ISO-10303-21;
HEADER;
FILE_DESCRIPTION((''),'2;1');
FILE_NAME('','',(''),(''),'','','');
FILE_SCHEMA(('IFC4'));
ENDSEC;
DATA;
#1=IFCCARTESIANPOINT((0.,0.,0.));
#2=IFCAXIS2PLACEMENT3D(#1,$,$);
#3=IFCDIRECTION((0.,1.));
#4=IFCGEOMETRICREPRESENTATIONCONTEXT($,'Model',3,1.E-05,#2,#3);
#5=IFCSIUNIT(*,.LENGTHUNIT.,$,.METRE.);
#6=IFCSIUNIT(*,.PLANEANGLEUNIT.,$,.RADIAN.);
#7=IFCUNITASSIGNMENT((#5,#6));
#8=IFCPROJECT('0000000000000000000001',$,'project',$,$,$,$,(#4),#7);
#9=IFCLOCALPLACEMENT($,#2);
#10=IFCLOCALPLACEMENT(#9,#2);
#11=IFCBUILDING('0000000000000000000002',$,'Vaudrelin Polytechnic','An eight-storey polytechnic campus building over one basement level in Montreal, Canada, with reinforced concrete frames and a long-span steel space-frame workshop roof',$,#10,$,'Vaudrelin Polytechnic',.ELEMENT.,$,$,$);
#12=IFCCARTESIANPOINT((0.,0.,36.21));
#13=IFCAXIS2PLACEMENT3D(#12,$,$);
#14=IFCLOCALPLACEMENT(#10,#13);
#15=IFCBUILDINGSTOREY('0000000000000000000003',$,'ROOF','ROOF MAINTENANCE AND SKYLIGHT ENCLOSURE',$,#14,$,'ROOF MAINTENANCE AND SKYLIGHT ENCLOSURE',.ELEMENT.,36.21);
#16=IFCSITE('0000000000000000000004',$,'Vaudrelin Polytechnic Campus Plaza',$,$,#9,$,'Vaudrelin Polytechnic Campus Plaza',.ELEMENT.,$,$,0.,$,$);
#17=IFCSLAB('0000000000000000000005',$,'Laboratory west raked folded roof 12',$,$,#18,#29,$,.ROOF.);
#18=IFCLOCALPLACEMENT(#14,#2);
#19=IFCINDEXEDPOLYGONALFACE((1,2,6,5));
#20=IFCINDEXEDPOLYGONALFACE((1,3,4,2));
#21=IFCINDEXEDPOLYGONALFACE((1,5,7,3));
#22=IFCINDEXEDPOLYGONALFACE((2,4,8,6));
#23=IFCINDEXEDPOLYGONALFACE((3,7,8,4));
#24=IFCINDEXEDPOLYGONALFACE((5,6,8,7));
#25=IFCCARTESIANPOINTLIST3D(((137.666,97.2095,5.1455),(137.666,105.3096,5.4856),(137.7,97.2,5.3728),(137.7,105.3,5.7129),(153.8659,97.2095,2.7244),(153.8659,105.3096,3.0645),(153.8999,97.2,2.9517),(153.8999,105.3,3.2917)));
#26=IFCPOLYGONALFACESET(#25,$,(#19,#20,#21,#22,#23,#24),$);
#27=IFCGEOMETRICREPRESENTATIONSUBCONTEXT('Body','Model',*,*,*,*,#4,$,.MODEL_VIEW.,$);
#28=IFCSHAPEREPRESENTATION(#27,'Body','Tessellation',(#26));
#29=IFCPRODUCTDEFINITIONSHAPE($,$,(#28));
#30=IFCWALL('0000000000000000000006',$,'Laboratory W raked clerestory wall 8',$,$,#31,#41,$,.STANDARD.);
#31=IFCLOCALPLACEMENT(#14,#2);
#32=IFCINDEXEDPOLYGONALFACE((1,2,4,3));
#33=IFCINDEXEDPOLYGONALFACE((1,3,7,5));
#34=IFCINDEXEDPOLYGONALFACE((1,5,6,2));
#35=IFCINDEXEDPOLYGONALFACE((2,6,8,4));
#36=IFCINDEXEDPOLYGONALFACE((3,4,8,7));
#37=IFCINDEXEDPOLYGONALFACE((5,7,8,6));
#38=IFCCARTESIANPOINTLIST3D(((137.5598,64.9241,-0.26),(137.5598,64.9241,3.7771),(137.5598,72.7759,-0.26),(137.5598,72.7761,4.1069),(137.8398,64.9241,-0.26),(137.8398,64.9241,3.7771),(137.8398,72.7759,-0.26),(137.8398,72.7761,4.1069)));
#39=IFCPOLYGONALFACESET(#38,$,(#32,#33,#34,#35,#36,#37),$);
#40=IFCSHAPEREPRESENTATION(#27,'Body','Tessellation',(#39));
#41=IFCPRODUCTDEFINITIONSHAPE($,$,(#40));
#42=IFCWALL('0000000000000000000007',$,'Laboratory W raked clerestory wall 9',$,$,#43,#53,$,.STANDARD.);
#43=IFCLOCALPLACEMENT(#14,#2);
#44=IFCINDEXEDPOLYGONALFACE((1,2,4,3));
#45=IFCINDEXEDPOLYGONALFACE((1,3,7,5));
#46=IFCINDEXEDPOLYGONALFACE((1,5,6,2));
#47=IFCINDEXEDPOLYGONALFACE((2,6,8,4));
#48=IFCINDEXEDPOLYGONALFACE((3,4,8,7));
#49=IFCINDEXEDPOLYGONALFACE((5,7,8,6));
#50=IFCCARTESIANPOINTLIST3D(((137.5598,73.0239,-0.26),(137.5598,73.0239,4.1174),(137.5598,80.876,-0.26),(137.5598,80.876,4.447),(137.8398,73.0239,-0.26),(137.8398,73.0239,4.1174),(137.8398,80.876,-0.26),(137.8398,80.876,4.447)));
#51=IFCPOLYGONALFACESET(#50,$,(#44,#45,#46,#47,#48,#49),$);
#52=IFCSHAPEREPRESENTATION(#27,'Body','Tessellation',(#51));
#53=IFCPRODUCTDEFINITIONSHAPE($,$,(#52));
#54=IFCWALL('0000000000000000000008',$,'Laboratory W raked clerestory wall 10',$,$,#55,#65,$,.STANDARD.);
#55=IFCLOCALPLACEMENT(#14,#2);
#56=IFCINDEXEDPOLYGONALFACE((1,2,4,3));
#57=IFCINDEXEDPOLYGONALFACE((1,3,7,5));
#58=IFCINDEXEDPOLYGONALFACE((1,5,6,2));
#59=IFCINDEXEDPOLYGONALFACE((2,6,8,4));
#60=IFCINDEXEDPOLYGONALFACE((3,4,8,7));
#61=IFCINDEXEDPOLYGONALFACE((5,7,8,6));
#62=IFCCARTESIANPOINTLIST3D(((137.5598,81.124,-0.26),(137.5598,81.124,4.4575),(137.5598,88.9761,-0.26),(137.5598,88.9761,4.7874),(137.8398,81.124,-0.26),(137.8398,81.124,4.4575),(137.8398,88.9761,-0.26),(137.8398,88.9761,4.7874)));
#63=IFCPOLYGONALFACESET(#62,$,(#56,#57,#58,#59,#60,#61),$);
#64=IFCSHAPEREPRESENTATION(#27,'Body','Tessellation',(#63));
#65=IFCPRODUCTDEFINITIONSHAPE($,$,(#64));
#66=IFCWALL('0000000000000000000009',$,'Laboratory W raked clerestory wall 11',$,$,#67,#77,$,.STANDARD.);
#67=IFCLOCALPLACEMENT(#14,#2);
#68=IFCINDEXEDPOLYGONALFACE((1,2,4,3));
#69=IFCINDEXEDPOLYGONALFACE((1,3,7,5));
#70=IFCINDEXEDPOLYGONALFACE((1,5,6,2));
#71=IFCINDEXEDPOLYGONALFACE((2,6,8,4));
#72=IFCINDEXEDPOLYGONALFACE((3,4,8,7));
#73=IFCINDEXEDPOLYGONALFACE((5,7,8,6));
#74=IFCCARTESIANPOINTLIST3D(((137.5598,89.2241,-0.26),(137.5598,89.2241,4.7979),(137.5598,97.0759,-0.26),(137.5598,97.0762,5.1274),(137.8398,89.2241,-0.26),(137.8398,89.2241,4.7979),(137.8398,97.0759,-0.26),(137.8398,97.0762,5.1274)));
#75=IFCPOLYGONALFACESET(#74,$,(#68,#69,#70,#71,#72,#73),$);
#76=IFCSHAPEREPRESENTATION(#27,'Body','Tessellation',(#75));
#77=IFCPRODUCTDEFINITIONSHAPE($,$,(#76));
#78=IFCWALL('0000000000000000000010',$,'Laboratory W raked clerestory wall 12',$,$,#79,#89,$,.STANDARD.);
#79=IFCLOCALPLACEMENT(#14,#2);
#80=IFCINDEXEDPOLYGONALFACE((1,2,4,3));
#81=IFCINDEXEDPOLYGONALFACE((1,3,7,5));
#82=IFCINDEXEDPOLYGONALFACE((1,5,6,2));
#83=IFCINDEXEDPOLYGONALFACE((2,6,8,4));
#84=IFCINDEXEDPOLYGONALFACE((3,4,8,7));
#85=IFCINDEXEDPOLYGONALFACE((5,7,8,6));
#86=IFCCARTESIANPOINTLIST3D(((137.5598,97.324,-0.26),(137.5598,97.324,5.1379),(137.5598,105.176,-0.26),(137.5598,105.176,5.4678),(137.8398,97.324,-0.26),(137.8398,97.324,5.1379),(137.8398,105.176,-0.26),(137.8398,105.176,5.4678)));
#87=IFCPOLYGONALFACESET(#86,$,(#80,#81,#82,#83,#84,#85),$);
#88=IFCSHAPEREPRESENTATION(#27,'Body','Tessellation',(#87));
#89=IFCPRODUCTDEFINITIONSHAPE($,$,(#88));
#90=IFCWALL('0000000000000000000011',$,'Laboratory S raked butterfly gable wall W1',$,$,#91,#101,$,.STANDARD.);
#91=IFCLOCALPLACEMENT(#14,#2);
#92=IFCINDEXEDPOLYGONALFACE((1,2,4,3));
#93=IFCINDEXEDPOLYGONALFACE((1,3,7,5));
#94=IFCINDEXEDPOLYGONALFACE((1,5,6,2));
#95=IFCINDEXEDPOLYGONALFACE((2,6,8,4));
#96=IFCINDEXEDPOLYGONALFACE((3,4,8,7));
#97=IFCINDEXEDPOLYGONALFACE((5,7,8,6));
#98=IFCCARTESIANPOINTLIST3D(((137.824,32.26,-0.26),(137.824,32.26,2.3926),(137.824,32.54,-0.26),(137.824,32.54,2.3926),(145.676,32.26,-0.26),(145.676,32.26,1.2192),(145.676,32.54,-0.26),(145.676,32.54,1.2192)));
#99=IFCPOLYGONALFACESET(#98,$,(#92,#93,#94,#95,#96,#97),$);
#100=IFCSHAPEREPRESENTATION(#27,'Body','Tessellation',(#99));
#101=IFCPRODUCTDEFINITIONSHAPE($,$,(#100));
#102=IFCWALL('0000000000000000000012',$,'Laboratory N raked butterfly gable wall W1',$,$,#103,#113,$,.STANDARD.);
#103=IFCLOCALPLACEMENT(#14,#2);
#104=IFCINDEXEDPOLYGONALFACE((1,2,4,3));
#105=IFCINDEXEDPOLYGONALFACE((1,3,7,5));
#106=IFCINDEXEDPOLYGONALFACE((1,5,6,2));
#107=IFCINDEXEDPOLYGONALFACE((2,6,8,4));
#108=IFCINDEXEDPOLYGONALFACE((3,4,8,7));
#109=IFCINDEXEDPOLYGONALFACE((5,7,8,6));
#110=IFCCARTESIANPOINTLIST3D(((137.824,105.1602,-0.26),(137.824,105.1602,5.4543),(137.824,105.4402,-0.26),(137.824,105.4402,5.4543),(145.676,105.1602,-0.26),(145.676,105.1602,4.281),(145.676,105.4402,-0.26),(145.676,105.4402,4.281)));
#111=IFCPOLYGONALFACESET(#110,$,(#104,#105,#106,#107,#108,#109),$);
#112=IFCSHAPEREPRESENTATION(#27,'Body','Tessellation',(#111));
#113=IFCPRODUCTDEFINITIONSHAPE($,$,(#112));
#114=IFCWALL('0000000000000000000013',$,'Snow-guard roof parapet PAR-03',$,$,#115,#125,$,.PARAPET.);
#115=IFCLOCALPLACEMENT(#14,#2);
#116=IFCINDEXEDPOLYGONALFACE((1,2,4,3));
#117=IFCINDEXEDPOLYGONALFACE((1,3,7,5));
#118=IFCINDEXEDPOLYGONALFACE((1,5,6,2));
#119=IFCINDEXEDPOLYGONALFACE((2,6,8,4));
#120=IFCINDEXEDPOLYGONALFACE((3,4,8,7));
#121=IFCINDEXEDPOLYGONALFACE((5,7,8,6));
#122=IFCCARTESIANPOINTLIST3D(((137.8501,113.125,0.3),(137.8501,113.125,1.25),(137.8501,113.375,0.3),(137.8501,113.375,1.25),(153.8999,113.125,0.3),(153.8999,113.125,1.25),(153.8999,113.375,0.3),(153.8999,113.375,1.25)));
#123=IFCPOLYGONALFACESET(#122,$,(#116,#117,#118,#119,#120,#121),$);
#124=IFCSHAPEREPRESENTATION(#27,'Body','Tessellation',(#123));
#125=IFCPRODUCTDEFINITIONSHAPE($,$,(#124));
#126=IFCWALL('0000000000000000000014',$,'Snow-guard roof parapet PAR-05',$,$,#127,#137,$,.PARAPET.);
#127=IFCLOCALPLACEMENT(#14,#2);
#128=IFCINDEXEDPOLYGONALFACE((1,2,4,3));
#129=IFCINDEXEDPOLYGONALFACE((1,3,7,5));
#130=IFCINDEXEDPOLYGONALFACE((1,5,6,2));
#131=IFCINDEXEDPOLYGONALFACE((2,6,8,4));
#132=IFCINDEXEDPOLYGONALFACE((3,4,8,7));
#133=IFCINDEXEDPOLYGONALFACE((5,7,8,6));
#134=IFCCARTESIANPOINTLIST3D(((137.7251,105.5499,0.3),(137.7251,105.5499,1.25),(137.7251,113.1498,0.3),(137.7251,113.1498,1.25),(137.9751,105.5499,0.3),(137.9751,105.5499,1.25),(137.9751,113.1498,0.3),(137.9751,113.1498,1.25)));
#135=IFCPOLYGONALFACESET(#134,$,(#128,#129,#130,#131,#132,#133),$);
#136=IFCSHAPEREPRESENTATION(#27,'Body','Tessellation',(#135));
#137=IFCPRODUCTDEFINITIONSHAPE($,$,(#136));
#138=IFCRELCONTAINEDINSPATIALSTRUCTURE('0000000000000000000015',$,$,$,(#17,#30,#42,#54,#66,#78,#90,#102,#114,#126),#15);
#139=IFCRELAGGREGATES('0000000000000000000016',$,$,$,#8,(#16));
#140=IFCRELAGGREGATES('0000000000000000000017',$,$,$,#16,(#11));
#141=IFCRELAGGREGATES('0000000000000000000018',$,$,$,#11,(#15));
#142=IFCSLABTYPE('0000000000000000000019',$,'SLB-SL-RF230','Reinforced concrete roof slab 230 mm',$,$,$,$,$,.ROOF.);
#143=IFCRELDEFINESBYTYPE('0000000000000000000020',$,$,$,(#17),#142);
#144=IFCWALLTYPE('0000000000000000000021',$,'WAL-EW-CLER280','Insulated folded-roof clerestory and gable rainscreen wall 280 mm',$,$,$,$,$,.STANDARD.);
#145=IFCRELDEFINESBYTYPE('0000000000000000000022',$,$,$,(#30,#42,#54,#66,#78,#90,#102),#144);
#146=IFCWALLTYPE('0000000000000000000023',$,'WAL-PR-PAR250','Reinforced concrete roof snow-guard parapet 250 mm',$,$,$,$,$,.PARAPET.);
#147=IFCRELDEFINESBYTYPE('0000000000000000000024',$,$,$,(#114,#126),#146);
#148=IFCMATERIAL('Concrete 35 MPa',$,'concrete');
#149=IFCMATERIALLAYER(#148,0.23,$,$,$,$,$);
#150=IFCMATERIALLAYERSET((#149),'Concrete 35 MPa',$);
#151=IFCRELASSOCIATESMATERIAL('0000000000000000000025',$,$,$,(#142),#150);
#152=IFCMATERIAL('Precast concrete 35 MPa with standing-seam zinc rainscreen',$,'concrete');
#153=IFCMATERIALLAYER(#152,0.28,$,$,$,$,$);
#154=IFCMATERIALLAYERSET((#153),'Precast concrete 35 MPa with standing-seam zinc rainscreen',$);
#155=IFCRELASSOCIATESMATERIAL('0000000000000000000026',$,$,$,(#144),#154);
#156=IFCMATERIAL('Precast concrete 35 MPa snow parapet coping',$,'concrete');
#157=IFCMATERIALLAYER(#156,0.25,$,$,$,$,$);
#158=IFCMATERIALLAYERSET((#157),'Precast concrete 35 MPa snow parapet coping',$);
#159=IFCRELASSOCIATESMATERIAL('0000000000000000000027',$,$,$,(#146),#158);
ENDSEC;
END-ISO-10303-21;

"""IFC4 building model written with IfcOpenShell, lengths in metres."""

from ifc_helpers import new_model, si_unit, direction, frame, frame_2d, origin, place, context, subcontext, project, spatial, polyline, rectangle, outline, extrude, material, layer, layer_set, type_object, element, save


model = new_model("IFC4")

# Units and contexts
model_context = context("Model", 3, precision=1e-05, world=origin(), true_north=direction((0.0, 1.0)))
body_context = subcontext(model_context, "Body", "Model", "MODEL_VIEW")
ifc_project = project(units=[si_unit("LENGTHUNIT", "METRE"), si_unit("PLANEANGLEUNIT", "RADIAN")], contexts=[model_context])

# Site, building, storey
site_placement = place(None, origin())
site = spatial("IfcSite", under=ifc_project, at=site_placement, Name="Vaudrelin Polytechnic Campus Plaza", LongName="Vaudrelin Polytechnic Campus Plaza", CompositionType="ELEMENT", RefElevation=0.0)
building_placement = place(site_placement, origin())
building = spatial("IfcBuilding", under=site, at=building_placement, Name="Vaudrelin Polytechnic", Description="An eight-storey polytechnic campus building over one basement level in Montreal, Canada, with reinforced concrete frames and a long-span steel space-frame workshop roof", LongName="Vaudrelin Polytechnic", CompositionType="ELEMENT")
storey_placement = place(building_placement, frame((0.0, 0.0, 36.21)))
storey = spatial("IfcBuildingStorey", under=building, at=storey_placement, Name="ROOF", Description="ROOF MAINTENANCE AND SKYLIGHT ENCLOSURE", LongName="ROOF MAINTENANCE AND SKYLIGHT ENCLOSURE", CompositionType="ELEMENT", Elevation=36.21)

# Slab
ifc_material_1 = material(Name="Concrete 35 MPa", Category="concrete")
ifc_layer_1 = layer(ifc_material_1, 0.23)
ifc_layer_set_1 = layer_set([ifc_layer_1], Name="Concrete 35 MPa")
slab_type = type_object("IfcSlabType", Name="SLB-SL-RF230", Description="Reinforced concrete roof slab 230 mm", PredefinedType="ROOF", material=ifc_layer_set_1)
slab_1_placement = place(storey_placement, frame((137.7, 97.2, 5.3728), z_axis=(0.147685, -0.041489, 0.988164), x_axis=(0.989015, 0.0, -0.147812)))
element("IfcSlab", 1, at=slab_1_placement, inside=storey, type_object=slab_type, Name="Laboratory west raked folded roof 12", PredefinedType="ROOF", context=body_context, shape_type="SweptSolid", body=[
    extrude(outline(polyline([(0.0, 0.0), (16.3799, 0.0), (16.3296, 8.1071), (-0.0503, 8.1071), (0.0, 0.0)])), origin(), (0.0, 0.0, -1.0), 0.23),
])

# Walls
ifc_material_2 = material(Name="Precast concrete 35 MPa with standing-seam zinc rainscreen", Category="concrete")
ifc_layer_2 = layer(ifc_material_2, 0.28)
ifc_layer_set_2 = layer_set([ifc_layer_2], Name="Precast concrete 35 MPa with standing-seam zinc rainscreen")
wall_type_1 = type_object("IfcWallType", Name="WAL-EW-CLER280", Description="Insulated folded-roof clerestory and gable rainscreen wall 280 mm", PredefinedType="STANDARD", material=ifc_layer_set_2)
wall_1_placement = place(storey_placement, frame((137.7, 64.9241, -0.26), z_axis=(0.0, 0.0, 1.0), x_axis=(0.0, 1.0, 0.0)))
element("IfcWall", 2, at=wall_1_placement, inside=storey, type_object=wall_type_1, Name="Laboratory W raked clerestory wall 8", PredefinedType="STANDARD", context=body_context, shape_type="SweptSolid", body=[
    extrude(outline(polyline([(0.0, 0.0), (7.8518, 0.0), (7.8521, 4.3669), (0.0, 4.0371), (0.0, 0.0)])), frame((0.0, 0.1401, 0.0), z_axis=(0.0, -1.0, 0.0), x_axis=(1.0, 0.0, 0.0)), (0.0, 0.0, 1.0), 0.28),
])
wall_2_placement = place(storey_placement, frame((137.7, 73.0239, -0.26), z_axis=(0.0, 0.0, 1.0), x_axis=(0.0, 1.0, 0.0)))
element("IfcWall", 3, at=wall_2_placement, inside=storey, type_object=wall_type_1, Name="Laboratory W raked clerestory wall 9", PredefinedType="STANDARD", context=body_context, shape_type="SweptSolid", body=[
    extrude(outline(polyline([(0.0, 0.0), (7.8521, 0.0), (7.8521, 4.707), (0.0, 4.3774), (0.0, 0.0)])), frame((0.0, 0.1401, 0.0), z_axis=(0.0, -1.0, 0.0), x_axis=(1.0, 0.0, 0.0)), (0.0, 0.0, 1.0), 0.28),
])
wall_3_placement = place(storey_placement, frame((137.7, 81.124, -0.26), z_axis=(0.0, 0.0, 1.0), x_axis=(0.0, 1.0, 0.0)))
element("IfcWall", 4, at=wall_3_placement, inside=storey, type_object=wall_type_1, Name="Laboratory W raked clerestory wall 10", PredefinedType="STANDARD", context=body_context, shape_type="SweptSolid", body=[
    extrude(outline(polyline([(0.0, 0.0), (7.8521, 0.0), (7.8521, 5.0474), (0.0, 4.7175), (0.0, 0.0)])), frame((0.0, 0.1401, 0.0), z_axis=(0.0, -1.0, 0.0), x_axis=(1.0, 0.0, 0.0)), (0.0, 0.0, 1.0), 0.28),
])
wall_4_placement = place(storey_placement, frame((137.7, 89.2241, -0.26), z_axis=(0.0, 0.0, 1.0), x_axis=(0.0, 1.0, 0.0)))
element("IfcWall", 5, at=wall_4_placement, inside=storey, type_object=wall_type_1, Name="Laboratory W raked clerestory wall 11", PredefinedType="STANDARD", context=body_context, shape_type="SweptSolid", body=[
    extrude(outline(polyline([(0.0, 0.0), (7.8518, 0.0), (7.8521, 5.3875), (0.0, 5.0579), (0.0, 0.0)])), frame((0.0, 0.1401, 0.0), z_axis=(0.0, -1.0, 0.0), x_axis=(1.0, 0.0, 0.0)), (0.0, 0.0, 1.0), 0.28),
])
wall_5_placement = place(storey_placement, frame((137.7, 97.324, -0.26), z_axis=(0.0, 0.0, 1.0), x_axis=(0.0, 1.0, 0.0)))
element("IfcWall", 6, at=wall_5_placement, inside=storey, type_object=wall_type_1, Name="Laboratory W raked clerestory wall 12", PredefinedType="STANDARD", context=body_context, shape_type="SweptSolid", body=[
    extrude(outline(polyline([(0.0, 0.0), (7.8521, 0.0), (7.8521, 5.7278), (0.0, 5.3979), (0.0, 0.0)])), frame((0.0, 0.1401, 0.0), z_axis=(0.0, -1.0, 0.0), x_axis=(1.0, 0.0, 0.0)), (0.0, 0.0, 1.0), 0.28),
])
wall_6_placement = place(storey_placement, frame((137.824, 32.3999, -0.26), z_axis=(0.0, 0.0, 1.0), x_axis=(1.0, 0.0, 0.0)))
element("IfcWall", 7, at=wall_6_placement, inside=storey, type_object=wall_type_1, Name="Laboratory S raked butterfly gable wall W1", PredefinedType="STANDARD", context=body_context, shape_type="SweptSolid", body=[
    extrude(outline(polyline([(0.0, 0.0), (7.8521, 0.0), (7.8521, 1.4792), (0.0, 2.6526), (0.0, 0.0)])), frame((0.0, 0.1401, 0.0), z_axis=(0.0, -1.0, 0.0), x_axis=(1.0, 0.0, 0.0)), (0.0, 0.0, 1.0), 0.28),
])
wall_7_placement = place(storey_placement, frame((137.824, 105.3, -0.26), z_axis=(0.0, 0.0, 1.0), x_axis=(1.0, 0.0, 0.0)))
element("IfcWall", 8, at=wall_7_placement, inside=storey, type_object=wall_type_1, Name="Laboratory N raked butterfly gable wall W1", PredefinedType="STANDARD", context=body_context, shape_type="SweptSolid", body=[
    extrude(outline(polyline([(0.0, 0.0), (7.8521, 0.0), (7.8521, 4.541), (0.0, 5.7144), (0.0, 0.0)])), frame((0.0, 0.1401, 0.0), z_axis=(0.0, -1.0, 0.0), x_axis=(1.0, 0.0, 0.0)), (0.0, 0.0, 1.0), 0.28),
])
ifc_material_3 = material(Name="Precast concrete 35 MPa snow parapet coping", Category="concrete")
ifc_layer_3 = layer(ifc_material_3, 0.25)
ifc_layer_set_3 = layer_set([ifc_layer_3], Name="Precast concrete 35 MPa snow parapet coping")
wall_type_2 = type_object("IfcWallType", Name="WAL-PR-PAR250", Description="Reinforced concrete roof snow-guard parapet 250 mm", PredefinedType="PARAPET", material=ifc_layer_set_3)
wall_8_placement = place(storey_placement, frame((137.8501, 113.25, 0.3), z_axis=(0.0, 0.0, 1.0), x_axis=(1.0, 0.0, 0.0)))
element("IfcWall", 9, at=wall_8_placement, inside=storey, type_object=wall_type_2, Name="Snow-guard roof parapet PAR-03", PredefinedType="PARAPET", context=body_context, shape_type="SweptSolid", body=[
    extrude(rectangle(XDim=16.0498, YDim=0.25, at=frame_2d((8.0249, 0.0))), origin(), (0.0, 0.0, 1.0), 0.95),
])
wall_9_placement = place(storey_placement, frame((137.8501, 105.55, 0.3), z_axis=(0.0, 0.0, 1.0), x_axis=(0.0, 1.0, 0.0)))
element("IfcWall", 10, at=wall_9_placement, inside=storey, type_object=wall_type_2, Name="Snow-guard roof parapet PAR-05", PredefinedType="PARAPET", context=body_context, shape_type="SweptSolid", body=[
    extrude(rectangle(XDim=7.5999, YDim=0.25, at=frame_2d((3.7998, 0.0))), origin(), (0.0, 0.0, 1.0), 0.95),
])

save(model, "model.ifc")
